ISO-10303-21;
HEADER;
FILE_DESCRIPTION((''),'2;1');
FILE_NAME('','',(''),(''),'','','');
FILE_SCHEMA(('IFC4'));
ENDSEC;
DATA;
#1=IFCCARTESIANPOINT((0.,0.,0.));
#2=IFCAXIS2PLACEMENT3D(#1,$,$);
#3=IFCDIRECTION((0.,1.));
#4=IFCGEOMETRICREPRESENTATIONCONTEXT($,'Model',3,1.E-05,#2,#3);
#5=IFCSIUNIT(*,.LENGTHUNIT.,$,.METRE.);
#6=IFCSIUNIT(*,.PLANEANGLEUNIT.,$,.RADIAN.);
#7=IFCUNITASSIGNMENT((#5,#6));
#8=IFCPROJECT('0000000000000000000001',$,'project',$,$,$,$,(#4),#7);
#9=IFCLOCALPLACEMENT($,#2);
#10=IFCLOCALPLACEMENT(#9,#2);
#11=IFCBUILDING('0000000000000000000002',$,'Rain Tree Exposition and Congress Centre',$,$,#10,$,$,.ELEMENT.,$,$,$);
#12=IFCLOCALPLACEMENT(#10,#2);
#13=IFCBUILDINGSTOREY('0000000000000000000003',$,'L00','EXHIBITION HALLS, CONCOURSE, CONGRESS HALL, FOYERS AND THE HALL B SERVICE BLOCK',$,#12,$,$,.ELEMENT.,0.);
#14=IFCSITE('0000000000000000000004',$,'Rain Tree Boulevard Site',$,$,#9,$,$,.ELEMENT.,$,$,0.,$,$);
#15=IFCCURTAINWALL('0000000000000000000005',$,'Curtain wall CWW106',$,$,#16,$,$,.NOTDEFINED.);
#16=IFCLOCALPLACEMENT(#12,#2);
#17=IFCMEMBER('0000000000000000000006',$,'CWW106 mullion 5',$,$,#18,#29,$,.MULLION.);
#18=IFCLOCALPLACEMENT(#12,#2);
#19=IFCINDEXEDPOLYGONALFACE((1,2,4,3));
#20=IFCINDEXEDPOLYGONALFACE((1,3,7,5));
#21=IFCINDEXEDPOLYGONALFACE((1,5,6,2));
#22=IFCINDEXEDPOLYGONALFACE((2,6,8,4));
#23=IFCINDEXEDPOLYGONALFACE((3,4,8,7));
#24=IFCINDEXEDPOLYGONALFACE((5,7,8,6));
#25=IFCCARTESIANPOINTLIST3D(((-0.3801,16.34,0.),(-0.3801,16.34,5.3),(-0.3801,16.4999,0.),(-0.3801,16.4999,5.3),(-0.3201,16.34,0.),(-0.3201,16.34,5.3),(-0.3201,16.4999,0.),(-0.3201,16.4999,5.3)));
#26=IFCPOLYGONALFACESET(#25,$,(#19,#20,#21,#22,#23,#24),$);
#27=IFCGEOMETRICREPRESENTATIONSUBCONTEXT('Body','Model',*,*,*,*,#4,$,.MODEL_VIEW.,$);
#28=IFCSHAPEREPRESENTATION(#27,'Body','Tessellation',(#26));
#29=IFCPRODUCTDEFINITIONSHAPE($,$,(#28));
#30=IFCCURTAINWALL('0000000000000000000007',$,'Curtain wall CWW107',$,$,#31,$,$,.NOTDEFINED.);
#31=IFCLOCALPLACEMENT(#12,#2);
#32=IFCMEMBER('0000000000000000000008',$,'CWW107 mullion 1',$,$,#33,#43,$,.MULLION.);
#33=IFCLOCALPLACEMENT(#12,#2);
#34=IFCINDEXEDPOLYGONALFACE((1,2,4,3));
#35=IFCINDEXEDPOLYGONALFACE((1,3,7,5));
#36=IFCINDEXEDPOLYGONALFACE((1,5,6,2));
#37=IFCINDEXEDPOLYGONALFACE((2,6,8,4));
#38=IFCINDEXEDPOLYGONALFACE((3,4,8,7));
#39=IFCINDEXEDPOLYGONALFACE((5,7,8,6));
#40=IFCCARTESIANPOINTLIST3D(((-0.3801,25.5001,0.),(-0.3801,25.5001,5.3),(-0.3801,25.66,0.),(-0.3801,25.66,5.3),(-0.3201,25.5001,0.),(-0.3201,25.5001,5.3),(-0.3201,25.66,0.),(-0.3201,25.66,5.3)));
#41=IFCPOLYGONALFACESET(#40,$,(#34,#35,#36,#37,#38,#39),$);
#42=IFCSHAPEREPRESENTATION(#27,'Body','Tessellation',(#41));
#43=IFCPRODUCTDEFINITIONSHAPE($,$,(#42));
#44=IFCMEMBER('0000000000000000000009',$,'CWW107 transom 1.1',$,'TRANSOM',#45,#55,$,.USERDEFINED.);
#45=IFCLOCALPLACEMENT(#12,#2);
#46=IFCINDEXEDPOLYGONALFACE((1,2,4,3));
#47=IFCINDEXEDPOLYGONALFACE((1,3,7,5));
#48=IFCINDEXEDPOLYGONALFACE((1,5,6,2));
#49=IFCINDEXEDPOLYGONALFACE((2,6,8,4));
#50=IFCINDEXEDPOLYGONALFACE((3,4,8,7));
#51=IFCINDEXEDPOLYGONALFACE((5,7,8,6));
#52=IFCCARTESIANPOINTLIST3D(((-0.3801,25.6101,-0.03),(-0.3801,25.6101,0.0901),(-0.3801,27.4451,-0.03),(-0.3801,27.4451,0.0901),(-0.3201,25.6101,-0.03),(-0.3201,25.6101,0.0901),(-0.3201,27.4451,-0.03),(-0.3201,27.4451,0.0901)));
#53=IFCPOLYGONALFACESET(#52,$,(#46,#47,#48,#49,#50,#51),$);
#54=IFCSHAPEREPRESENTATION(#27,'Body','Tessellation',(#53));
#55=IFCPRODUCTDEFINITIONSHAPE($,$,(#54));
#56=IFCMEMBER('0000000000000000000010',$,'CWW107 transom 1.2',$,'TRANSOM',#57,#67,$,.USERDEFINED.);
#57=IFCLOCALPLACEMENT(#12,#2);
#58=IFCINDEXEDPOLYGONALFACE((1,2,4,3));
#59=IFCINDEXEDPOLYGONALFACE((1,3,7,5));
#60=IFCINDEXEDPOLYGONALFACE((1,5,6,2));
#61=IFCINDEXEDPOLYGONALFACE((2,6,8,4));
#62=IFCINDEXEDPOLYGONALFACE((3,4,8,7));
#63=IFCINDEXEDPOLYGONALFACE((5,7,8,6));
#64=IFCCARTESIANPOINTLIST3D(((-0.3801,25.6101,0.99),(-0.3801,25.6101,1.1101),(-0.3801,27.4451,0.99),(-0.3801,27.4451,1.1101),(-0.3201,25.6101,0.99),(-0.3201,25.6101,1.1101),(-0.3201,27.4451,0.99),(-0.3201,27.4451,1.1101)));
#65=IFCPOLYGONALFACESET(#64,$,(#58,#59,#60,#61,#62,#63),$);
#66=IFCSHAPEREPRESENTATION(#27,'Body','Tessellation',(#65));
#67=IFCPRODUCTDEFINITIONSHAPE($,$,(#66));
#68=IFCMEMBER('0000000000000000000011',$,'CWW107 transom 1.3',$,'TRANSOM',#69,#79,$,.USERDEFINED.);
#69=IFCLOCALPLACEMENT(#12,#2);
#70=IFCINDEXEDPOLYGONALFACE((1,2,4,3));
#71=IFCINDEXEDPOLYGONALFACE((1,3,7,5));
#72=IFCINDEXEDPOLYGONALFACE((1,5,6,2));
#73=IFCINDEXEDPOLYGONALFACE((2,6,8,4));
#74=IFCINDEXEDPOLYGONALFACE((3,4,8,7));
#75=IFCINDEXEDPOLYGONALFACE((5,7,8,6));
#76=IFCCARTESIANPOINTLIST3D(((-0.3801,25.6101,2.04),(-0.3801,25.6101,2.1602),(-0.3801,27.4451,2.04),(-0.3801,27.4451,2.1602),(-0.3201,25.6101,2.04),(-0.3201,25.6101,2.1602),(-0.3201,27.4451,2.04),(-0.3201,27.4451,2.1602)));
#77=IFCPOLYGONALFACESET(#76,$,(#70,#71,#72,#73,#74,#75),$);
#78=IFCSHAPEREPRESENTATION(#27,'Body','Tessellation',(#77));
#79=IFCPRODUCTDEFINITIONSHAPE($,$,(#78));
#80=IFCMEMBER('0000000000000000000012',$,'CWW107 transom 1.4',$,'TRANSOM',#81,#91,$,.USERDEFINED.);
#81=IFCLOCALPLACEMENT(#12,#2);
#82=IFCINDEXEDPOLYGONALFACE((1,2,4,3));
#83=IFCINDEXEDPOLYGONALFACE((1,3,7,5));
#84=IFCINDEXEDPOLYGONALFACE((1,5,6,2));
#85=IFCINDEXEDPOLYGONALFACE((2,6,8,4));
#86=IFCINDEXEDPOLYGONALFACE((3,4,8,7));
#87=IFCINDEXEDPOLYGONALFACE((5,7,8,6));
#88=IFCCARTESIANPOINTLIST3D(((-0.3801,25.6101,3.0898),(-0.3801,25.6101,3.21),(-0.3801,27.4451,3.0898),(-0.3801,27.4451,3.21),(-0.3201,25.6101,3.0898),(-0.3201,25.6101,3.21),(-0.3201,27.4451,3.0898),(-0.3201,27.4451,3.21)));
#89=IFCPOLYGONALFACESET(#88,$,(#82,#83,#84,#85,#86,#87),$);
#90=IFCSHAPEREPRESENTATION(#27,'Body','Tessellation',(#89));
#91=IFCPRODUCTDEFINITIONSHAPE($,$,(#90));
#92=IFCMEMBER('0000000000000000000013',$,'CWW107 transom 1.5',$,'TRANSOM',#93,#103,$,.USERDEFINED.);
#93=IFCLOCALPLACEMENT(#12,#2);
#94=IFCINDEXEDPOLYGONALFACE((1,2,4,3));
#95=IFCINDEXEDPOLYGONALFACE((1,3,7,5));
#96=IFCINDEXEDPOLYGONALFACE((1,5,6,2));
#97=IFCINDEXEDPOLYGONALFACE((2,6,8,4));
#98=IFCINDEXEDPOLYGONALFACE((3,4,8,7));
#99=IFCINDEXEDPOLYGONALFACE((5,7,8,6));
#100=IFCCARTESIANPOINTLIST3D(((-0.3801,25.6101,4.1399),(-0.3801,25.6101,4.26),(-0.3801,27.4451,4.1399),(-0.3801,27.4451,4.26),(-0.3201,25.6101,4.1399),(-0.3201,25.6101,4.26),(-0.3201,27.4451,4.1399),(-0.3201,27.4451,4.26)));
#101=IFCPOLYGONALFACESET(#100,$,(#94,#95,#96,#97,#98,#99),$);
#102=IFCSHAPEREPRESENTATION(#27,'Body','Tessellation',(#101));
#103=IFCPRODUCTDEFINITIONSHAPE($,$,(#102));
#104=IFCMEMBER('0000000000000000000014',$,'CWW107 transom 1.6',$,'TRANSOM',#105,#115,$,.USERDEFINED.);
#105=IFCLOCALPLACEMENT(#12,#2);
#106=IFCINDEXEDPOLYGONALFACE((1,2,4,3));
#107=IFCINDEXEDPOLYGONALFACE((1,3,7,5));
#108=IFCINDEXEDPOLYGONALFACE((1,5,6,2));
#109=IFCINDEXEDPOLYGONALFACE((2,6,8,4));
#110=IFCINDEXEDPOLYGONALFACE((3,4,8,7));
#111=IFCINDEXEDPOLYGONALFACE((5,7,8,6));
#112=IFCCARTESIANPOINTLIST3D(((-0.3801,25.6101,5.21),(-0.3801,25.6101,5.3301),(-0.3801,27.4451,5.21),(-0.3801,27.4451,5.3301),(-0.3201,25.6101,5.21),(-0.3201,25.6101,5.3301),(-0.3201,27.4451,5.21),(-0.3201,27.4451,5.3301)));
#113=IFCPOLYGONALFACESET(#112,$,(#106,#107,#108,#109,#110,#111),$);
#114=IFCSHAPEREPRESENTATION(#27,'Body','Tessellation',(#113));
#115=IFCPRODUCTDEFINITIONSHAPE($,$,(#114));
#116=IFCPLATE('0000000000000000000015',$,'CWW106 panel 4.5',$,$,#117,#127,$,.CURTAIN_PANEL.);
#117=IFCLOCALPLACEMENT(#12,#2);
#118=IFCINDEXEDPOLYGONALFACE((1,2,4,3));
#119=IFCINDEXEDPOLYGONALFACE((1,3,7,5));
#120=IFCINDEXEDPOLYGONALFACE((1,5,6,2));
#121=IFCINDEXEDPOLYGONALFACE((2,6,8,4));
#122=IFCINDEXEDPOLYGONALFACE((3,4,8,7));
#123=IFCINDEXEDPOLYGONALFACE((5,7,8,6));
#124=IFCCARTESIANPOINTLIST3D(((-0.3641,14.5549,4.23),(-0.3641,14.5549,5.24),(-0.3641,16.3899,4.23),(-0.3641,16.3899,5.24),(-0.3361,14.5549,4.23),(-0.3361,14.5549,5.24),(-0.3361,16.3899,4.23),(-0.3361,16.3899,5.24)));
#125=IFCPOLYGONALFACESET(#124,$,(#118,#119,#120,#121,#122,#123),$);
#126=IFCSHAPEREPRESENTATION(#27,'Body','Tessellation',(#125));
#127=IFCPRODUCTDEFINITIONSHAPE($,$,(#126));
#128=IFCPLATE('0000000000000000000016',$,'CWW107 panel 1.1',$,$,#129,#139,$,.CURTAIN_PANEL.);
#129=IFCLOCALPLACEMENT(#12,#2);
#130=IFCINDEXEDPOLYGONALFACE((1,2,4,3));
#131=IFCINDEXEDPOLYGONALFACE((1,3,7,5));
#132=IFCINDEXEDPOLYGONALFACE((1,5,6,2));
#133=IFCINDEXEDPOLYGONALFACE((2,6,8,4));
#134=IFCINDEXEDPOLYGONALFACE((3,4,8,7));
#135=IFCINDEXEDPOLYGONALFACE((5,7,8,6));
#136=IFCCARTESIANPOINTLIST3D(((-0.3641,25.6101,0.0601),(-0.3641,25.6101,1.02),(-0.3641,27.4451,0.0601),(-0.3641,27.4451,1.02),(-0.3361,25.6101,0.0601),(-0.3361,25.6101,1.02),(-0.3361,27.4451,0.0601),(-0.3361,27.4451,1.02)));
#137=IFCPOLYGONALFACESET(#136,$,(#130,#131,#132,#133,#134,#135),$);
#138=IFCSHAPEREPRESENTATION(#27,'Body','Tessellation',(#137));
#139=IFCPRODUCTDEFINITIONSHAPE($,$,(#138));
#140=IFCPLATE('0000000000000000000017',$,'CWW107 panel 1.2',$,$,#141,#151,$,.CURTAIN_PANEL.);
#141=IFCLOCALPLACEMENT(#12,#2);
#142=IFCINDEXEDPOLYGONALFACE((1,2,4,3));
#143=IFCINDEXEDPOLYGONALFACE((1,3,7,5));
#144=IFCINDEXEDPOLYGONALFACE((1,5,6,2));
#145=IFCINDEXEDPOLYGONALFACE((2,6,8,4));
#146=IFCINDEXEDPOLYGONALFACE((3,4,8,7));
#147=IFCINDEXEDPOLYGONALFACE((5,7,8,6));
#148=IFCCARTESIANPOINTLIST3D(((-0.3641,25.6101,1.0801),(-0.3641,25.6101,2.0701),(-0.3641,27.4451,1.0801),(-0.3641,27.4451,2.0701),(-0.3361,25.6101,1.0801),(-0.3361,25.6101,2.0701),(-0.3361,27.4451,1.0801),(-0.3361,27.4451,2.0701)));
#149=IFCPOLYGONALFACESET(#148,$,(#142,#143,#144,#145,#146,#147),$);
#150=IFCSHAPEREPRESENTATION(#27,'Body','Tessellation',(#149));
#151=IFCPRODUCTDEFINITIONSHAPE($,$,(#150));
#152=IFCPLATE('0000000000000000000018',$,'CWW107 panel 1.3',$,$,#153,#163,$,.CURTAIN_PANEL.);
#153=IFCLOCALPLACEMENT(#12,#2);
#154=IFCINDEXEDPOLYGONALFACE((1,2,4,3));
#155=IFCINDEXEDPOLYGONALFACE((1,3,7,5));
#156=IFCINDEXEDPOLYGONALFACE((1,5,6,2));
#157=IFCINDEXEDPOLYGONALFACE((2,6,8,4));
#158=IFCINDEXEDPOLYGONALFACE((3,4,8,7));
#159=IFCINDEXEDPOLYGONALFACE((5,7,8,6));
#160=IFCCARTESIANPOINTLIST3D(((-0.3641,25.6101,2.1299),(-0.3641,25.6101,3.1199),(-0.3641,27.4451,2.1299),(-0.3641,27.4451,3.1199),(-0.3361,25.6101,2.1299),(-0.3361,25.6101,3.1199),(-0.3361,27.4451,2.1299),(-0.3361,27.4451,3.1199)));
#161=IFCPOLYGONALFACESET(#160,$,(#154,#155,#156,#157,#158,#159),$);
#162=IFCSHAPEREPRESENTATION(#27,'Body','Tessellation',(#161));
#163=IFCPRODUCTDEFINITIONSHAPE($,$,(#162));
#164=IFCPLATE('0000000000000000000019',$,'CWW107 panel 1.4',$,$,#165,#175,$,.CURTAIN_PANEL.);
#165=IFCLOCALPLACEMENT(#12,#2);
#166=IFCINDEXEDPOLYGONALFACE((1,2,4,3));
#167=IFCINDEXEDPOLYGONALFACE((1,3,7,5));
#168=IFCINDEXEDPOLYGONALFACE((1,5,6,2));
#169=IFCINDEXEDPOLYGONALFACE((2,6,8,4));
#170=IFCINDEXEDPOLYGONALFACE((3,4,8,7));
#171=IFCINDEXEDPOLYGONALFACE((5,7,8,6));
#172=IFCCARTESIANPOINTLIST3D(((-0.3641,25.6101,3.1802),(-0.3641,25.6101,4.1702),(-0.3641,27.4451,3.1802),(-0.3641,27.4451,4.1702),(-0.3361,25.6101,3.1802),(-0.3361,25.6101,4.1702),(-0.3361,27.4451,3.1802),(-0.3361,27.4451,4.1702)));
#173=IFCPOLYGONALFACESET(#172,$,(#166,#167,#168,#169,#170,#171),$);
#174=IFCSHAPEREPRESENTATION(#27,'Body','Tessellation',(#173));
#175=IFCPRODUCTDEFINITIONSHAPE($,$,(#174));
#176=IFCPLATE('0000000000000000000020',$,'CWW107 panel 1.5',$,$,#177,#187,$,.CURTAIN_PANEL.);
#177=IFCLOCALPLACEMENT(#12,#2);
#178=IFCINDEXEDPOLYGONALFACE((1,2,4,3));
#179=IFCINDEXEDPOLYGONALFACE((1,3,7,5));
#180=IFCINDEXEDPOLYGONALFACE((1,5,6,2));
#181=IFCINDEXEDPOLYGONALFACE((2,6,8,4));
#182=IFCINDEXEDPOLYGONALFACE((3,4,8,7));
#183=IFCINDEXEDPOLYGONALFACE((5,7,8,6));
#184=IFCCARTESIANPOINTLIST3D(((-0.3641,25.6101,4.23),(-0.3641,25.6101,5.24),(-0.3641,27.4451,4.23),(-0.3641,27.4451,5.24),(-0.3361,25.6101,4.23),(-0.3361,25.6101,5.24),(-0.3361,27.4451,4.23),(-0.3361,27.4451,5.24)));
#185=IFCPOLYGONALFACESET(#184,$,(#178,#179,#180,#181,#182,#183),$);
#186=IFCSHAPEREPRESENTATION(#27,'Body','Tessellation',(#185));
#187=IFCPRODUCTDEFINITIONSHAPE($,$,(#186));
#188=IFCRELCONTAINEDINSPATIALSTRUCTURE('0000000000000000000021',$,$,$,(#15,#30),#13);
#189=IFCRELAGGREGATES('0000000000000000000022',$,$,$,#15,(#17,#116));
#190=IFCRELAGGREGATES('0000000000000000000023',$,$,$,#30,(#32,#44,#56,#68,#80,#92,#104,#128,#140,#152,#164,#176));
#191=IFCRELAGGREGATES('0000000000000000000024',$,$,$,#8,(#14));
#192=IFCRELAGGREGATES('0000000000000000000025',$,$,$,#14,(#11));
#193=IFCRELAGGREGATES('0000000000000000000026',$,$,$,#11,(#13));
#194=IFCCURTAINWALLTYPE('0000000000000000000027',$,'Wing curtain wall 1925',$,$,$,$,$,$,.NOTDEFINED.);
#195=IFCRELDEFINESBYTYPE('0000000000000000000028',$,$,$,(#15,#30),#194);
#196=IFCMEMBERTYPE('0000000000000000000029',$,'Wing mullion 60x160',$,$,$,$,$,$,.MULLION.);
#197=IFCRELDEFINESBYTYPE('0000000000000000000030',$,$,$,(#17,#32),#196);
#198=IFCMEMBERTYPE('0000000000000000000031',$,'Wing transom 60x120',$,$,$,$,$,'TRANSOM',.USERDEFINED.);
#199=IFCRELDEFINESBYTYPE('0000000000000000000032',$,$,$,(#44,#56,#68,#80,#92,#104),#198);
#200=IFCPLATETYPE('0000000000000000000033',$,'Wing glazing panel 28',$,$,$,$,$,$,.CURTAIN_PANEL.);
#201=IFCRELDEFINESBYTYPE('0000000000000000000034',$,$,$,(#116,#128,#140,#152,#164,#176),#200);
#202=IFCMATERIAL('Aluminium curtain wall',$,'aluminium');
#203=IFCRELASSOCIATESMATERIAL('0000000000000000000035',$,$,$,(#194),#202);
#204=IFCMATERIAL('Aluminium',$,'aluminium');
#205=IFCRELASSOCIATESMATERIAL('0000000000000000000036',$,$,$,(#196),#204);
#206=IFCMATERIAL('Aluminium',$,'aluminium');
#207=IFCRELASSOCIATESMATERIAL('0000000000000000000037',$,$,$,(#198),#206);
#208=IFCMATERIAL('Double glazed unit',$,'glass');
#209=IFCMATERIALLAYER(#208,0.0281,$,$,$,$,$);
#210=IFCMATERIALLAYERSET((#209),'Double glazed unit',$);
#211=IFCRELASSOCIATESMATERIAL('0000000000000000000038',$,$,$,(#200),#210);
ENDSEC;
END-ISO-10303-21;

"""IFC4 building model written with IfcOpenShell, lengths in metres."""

from ifc_helpers import new_model, si_unit, direction, frame, origin, origin_2d, place, context, subcontext, project, spatial, rectangle, extrude, material, layer, layer_set, material_profile, profile_set, type_object, element, aggregate, save


model = new_model("IFC4")

# Units and contexts
model_context = context("Model", 3, precision=1e-05, world=origin(), true_north=direction((0.0, 1.0)))
body_context = subcontext(model_context, "Body", "Model", "MODEL_VIEW")
ifc_project = project(units=[si_unit("LENGTHUNIT", "METRE"), si_unit("PLANEANGLEUNIT", "RADIAN")], contexts=[model_context])

# Site, building, storey
site_placement = place(None, origin())
site = spatial("IfcSite", under=ifc_project, at=site_placement, Name="Rain Tree Boulevard Site", CompositionType="ELEMENT", RefElevation=0.0)
building_placement = place(site_placement, origin())
building = spatial("IfcBuilding", under=site, at=building_placement, Name="Rain Tree Exposition and Congress Centre", CompositionType="ELEMENT")
storey_placement = place(building_placement, origin())
storey = spatial("IfcBuildingStorey", under=building, at=storey_placement, Name="L00", Description="EXHIBITION HALLS, CONCOURSE, CONGRESS HALL, FOYERS AND THE HALL B SERVICE BLOCK", CompositionType="ELEMENT", Elevation=0.0)

# Curtain wall, member
ifc_material_1 = material(Name="Aluminium curtain wall", Category="aluminium")
curtain_wall_type = type_object("IfcCurtainWallType", Name="Wing curtain wall 1925", PredefinedType="NOTDEFINED", material=ifc_material_1)
curtain_wall_1_placement = place(storey_placement, origin())
curtain_wall_1 = element("IfcCurtainWall", 1, at=curtain_wall_1_placement, inside=storey, type_object=curtain_wall_type, Name="Curtain wall CWW106", PredefinedType="NOTDEFINED")
ifc_material_2 = material(Name="Aluminium", Category="aluminium")
ifc_material_profile_1 = material_profile(ifc_material_2, rectangle(XDim=0.0601, YDim=0.1599, at=origin_2d()), Name="Aluminium 60x160")
ifc_profile_set_1 = profile_set([ifc_material_profile_1], Name="Aluminium")
member_type_1 = type_object("IfcMemberType", Name="Wing mullion 60x160", PredefinedType="MULLION", material=ifc_profile_set_1)
member_1_placement = place(storey_placement, frame((-0.3501, 16.4199, 0.0), z_axis=(0.0, 0.0, 1.0), x_axis=(-1.0, 0.0, 0.0)))
member_1 = element("IfcMember", 2, at=member_1_placement, type_object=member_type_1, Name="CWW106 mullion 5", PredefinedType="MULLION", context=body_context, shape_type="SweptSolid", body=[
    extrude(rectangle(XDim=0.0601, YDim=0.1599, at=origin_2d()), origin(), (0.0, 0.0, 1.0), 5.3),
])

# Curtain wall, members
curtain_wall_2_placement = place(storey_placement, origin())
curtain_wall_2 = element("IfcCurtainWall", 3, at=curtain_wall_2_placement, inside=storey, type_object=curtain_wall_type, Name="Curtain wall CWW107", PredefinedType="NOTDEFINED")
member_2_placement = place(storey_placement, frame((-0.3501, 25.5801, 0.0), z_axis=(0.0, 0.0, 1.0), x_axis=(-1.0, 0.0, 0.0)))
member_2 = element("IfcMember", 4, at=member_2_placement, type_object=member_type_1, Name="CWW107 mullion 1", PredefinedType="MULLION", context=body_context, shape_type="SweptSolid", body=[
    extrude(rectangle(XDim=0.0601, YDim=0.1599, at=origin_2d()), origin(), (0.0, 0.0, 1.0), 5.3),
])
ifc_material_3 = material(Name="Aluminium", Category="aluminium")
ifc_material_profile_2 = material_profile(ifc_material_3, rectangle(XDim=0.0601, YDim=0.1201, at=origin_2d()), Name="Aluminium 60x120")
ifc_profile_set_2 = profile_set([ifc_material_profile_2], Name="Aluminium")
member_type_2 = type_object("IfcMemberType", Name="Wing transom 60x120", ElementType="TRANSOM", PredefinedType="USERDEFINED", material=ifc_profile_set_2)
member_3_placement = place(storey_placement, frame((-0.3501, 25.6101, 0.03), z_axis=(0.0, 1.0, 0.0), x_axis=(-1.0, 0.0, 0.0)))
member_3 = element("IfcMember", 5, at=member_3_placement, type_object=member_type_2, Name="CWW107 transom 1.1", ObjectType="TRANSOM", PredefinedType="USERDEFINED", context=body_context, shape_type="SweptSolid", body=[
    extrude(rectangle(XDim=0.0601, YDim=0.1201, at=origin_2d()), origin(), (0.0, 0.0, 1.0), 1.835),
])
member_4_placement = place(storey_placement, frame((-0.3501, 25.6101, 1.05), z_axis=(0.0, 1.0, 0.0), x_axis=(-1.0, 0.0, 0.0)))
member_4 = element("IfcMember", 6, at=member_4_placement, type_object=member_type_2, Name="CWW107 transom 1.2", ObjectType="TRANSOM", PredefinedType="USERDEFINED", context=body_context, shape_type="SweptSolid", body=[
    extrude(rectangle(XDim=0.0601, YDim=0.1201, at=origin_2d()), origin(), (0.0, 0.0, 1.0), 1.835),
])
member_5_placement = place(storey_placement, frame((-0.3501, 25.6101, 2.1001), z_axis=(0.0, 1.0, 0.0), x_axis=(-1.0, 0.0, 0.0)))
member_5 = element("IfcMember", 7, at=member_5_placement, type_object=member_type_2, Name="CWW107 transom 1.3", ObjectType="TRANSOM", PredefinedType="USERDEFINED", context=body_context, shape_type="SweptSolid", body=[
    extrude(rectangle(XDim=0.0601, YDim=0.1201, at=origin_2d()), origin(), (0.0, 0.0, 1.0), 1.835),
])
member_6_placement = place(storey_placement, frame((-0.3501, 25.6101, 3.1499), z_axis=(0.0, 1.0, 0.0), x_axis=(-1.0, 0.0, 0.0)))
member_6 = element("IfcMember", 8, at=member_6_placement, type_object=member_type_2, Name="CWW107 transom 1.4", ObjectType="TRANSOM", PredefinedType="USERDEFINED", context=body_context, shape_type="SweptSolid", body=[
    extrude(rectangle(XDim=0.0601, YDim=0.1201, at=origin_2d()), origin(), (0.0, 0.0, 1.0), 1.835),
])
member_7_placement = place(storey_placement, frame((-0.3501, 25.6101, 4.2), z_axis=(0.0, 1.0, 0.0), x_axis=(-1.0, 0.0, 0.0)))
member_7 = element("IfcMember", 9, at=member_7_placement, type_object=member_type_2, Name="CWW107 transom 1.5", ObjectType="TRANSOM", PredefinedType="USERDEFINED", context=body_context, shape_type="SweptSolid", body=[
    extrude(rectangle(XDim=0.0601, YDim=0.1201, at=origin_2d()), origin(), (0.0, 0.0, 1.0), 1.835),
])
member_8_placement = place(storey_placement, frame((-0.3501, 25.6101, 5.27), z_axis=(0.0, 1.0, 0.0), x_axis=(-1.0, 0.0, 0.0)))
member_8 = element("IfcMember", 10, at=member_8_placement, type_object=member_type_2, Name="CWW107 transom 1.6", ObjectType="TRANSOM", PredefinedType="USERDEFINED", context=body_context, shape_type="SweptSolid", body=[
    extrude(rectangle(XDim=0.0601, YDim=0.1201, at=origin_2d()), origin(), (0.0, 0.0, 1.0), 1.835),
])

# Plates
ifc_material_4 = material(Name="Double glazed unit", Category="glass")
ifc_layer_1 = layer(ifc_material_4, 0.0281)
ifc_layer_set_1 = layer_set([ifc_layer_1], Name="Double glazed unit")
plate_type = type_object("IfcPlateType", Name="Wing glazing panel 28", PredefinedType="CURTAIN_PANEL", material=ifc_layer_set_1)
plate_1_placement = place(storey_placement, frame((-0.3501, 15.4724, 4.23), z_axis=(0.0, 0.0, 1.0), x_axis=(0.0, 1.0, 0.0)))
plate_1 = element("IfcPlate", 11, at=plate_1_placement, type_object=plate_type, Name="CWW106 panel 4.5", PredefinedType="CURTAIN_PANEL", context=body_context, shape_type="SweptSolid", body=[
    extrude(rectangle(XDim=1.835, YDim=0.0281, at=origin_2d()), origin(), (0.0, 0.0, 1.0), 1.01),
])
aggregate(curtain_wall_1, [member_1, plate_1])
plate_2_placement = place(storey_placement, frame((-0.3501, 26.5276, 0.0601), z_axis=(0.0, 0.0, 1.0), x_axis=(0.0, 1.0, 0.0)))
plate_2 = element("IfcPlate", 12, at=plate_2_placement, type_object=plate_type, Name="CWW107 panel 1.1", PredefinedType="CURTAIN_PANEL", context=body_context, shape_type="SweptSolid", body=[
    extrude(rectangle(XDim=1.835, YDim=0.0281, at=origin_2d()), origin(), (0.0, 0.0, 1.0), 0.96),
])
plate_3_placement = place(storey_placement, frame((-0.3501, 26.5276, 1.0801), z_axis=(0.0, 0.0, 1.0), x_axis=(0.0, 1.0, 0.0)))
plate_3 = element("IfcPlate", 13, at=plate_3_placement, type_object=plate_type, Name="CWW107 panel 1.2", PredefinedType="CURTAIN_PANEL", context=body_context, shape_type="SweptSolid", body=[
    extrude(rectangle(XDim=1.835, YDim=0.0281, at=origin_2d()), origin(), (0.0, 0.0, 1.0), 0.99),
])
plate_4_placement = place(storey_placement, frame((-0.3501, 26.5276, 2.1299), z_axis=(0.0, 0.0, 1.0), x_axis=(0.0, 1.0, 0.0)))
plate_4 = element("IfcPlate", 14, at=plate_4_placement, type_object=plate_type, Name="CWW107 panel 1.3", PredefinedType="CURTAIN_PANEL", context=body_context, shape_type="SweptSolid", body=[
    extrude(rectangle(XDim=1.835, YDim=0.0281, at=origin_2d()), origin(), (0.0, 0.0, 1.0), 0.99),
])
plate_5_placement = place(storey_placement, frame((-0.3501, 26.5276, 3.1802), z_axis=(0.0, 0.0, 1.0), x_axis=(0.0, 1.0, 0.0)))
plate_5 = element("IfcPlate", 15, at=plate_5_placement, type_object=plate_type, Name="CWW107 panel 1.4", PredefinedType="CURTAIN_PANEL", context=body_context, shape_type="SweptSolid", body=[
    extrude(rectangle(XDim=1.835, YDim=0.0281, at=origin_2d()), origin(), (0.0, 0.0, 1.0), 0.99),
])
plate_6_placement = place(storey_placement, frame((-0.3501, 26.5276, 4.23), z_axis=(0.0, 0.0, 1.0), x_axis=(0.0, 1.0, 0.0)))
plate_6 = element("IfcPlate", 16, at=plate_6_placement, type_object=plate_type, Name="CWW107 panel 1.5", PredefinedType="CURTAIN_PANEL", context=body_context, shape_type="SweptSolid", body=[
    extrude(rectangle(XDim=1.835, YDim=0.0281, at=origin_2d()), origin(), (0.0, 0.0, 1.0), 1.01),
])
aggregate(curtain_wall_2, [member_2, member_3, member_4, member_5, member_6, member_7, member_8, plate_2, plate_3, plate_4, plate_5, plate_6])

save(model, "model.ifc")
